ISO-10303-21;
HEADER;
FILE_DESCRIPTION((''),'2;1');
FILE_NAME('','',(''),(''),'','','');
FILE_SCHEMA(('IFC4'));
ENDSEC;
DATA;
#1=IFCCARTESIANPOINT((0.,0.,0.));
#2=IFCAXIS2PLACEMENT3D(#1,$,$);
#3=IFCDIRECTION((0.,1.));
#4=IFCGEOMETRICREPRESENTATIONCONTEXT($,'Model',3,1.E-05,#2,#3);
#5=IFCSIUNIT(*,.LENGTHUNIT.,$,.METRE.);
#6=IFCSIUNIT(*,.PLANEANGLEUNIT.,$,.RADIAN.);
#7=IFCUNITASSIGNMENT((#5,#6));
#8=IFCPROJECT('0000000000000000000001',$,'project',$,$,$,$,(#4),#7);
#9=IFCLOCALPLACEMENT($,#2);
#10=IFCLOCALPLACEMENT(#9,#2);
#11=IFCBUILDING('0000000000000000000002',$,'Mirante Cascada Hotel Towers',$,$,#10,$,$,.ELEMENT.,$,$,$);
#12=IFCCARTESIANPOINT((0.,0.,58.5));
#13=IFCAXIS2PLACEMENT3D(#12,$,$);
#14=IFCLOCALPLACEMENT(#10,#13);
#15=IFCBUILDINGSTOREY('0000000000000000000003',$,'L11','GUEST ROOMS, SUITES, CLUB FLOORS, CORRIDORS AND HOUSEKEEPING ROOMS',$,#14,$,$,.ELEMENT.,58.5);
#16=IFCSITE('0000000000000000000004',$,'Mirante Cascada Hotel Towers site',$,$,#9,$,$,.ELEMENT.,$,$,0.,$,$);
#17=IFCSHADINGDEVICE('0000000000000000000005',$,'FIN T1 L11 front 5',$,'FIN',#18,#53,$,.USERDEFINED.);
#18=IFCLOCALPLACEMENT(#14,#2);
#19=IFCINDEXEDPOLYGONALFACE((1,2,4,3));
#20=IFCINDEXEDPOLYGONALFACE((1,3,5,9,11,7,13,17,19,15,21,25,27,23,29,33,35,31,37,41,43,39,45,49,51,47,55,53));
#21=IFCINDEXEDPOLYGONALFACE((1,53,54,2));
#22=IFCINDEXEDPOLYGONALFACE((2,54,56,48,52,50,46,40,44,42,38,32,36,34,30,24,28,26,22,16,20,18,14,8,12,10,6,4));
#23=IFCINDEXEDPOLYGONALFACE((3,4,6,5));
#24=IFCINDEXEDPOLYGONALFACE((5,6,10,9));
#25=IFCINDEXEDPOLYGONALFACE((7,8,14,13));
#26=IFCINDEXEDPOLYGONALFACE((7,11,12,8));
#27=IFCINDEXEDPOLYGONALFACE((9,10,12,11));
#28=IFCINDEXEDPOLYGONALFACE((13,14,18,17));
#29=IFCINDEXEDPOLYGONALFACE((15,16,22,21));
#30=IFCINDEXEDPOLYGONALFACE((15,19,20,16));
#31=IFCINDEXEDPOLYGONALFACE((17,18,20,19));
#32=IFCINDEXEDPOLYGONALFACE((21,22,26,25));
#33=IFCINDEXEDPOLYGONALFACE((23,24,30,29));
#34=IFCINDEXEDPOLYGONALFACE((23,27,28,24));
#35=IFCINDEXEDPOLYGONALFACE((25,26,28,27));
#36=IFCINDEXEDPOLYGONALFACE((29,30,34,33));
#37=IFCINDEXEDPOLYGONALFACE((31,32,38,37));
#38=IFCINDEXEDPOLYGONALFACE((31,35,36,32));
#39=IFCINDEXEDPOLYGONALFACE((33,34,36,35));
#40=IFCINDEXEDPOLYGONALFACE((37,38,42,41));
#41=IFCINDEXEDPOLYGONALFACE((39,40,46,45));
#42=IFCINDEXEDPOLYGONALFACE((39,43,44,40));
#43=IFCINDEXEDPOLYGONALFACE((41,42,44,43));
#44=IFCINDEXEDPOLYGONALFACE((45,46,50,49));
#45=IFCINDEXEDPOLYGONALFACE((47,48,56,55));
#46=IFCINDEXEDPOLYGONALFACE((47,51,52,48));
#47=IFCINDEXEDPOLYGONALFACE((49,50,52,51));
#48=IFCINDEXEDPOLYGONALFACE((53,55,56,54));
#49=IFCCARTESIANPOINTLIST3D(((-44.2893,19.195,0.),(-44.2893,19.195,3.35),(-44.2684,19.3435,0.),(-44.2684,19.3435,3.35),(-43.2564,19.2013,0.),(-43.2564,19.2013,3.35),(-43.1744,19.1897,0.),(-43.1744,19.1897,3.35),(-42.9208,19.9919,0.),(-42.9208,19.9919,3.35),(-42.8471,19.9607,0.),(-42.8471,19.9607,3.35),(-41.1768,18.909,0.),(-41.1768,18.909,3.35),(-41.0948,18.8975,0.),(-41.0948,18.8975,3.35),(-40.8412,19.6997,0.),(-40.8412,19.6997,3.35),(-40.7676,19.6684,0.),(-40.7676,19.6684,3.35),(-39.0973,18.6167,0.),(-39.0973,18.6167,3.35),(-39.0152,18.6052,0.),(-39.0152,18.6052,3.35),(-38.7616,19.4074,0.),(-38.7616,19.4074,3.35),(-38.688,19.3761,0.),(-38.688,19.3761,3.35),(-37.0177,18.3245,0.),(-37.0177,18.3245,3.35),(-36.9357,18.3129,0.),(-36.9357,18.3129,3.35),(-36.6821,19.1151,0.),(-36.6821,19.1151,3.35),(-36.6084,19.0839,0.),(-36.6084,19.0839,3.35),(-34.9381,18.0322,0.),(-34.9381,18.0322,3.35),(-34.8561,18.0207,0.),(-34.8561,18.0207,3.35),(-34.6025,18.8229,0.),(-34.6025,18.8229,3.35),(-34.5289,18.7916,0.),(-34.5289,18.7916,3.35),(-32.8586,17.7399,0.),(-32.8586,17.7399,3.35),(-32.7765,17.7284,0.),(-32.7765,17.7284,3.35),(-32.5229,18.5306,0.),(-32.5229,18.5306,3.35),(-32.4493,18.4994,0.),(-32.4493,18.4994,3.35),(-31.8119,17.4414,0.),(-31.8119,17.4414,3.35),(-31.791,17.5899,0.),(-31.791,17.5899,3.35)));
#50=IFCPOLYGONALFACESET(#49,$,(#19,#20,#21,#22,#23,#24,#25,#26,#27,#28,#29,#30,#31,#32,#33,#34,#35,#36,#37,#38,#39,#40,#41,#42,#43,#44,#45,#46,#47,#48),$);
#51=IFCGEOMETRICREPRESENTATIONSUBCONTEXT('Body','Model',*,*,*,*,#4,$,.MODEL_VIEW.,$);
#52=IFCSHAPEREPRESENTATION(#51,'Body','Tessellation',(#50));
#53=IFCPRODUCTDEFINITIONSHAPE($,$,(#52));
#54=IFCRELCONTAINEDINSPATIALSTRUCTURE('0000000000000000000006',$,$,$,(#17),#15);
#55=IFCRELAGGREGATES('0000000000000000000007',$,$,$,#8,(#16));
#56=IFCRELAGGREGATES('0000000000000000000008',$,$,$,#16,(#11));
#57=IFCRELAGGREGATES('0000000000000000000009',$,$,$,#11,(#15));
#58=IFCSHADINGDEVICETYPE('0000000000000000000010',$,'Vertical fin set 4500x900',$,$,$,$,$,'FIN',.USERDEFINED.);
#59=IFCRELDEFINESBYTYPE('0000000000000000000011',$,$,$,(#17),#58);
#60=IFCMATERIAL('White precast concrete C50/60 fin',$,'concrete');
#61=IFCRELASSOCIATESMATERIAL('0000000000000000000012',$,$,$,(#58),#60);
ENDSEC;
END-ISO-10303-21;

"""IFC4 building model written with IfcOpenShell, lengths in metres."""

from ifc_helpers import new_model, si_unit, direction, frame, origin, place, context, subcontext, project, spatial, polyline, outline, extrude, material, type_object, element, save


model = new_model("IFC4")

# Units and contexts
model_context = context("Model", 3, precision=1e-05, world=origin(), true_north=direction((0.0, 1.0)))
body_context = subcontext(model_context, "Body", "Model", "MODEL_VIEW")
ifc_project = project(units=[si_unit("LENGTHUNIT", "METRE"), si_unit("PLANEANGLEUNIT", "RADIAN")], contexts=[model_context])

# Site, building, storey
site_placement = place(None, origin())
site = spatial("IfcSite", under=ifc_project, at=site_placement, Name="Mirante Cascada Hotel Towers site", CompositionType="ELEMENT", RefElevation=0.0)
building_placement = place(site_placement, origin())
building = spatial("IfcBuilding", under=site, at=building_placement, Name="Mirante Cascada Hotel Towers", CompositionType="ELEMENT")
storey_placement = place(building_placement, frame((0.0, 0.0, 58.5)))
storey = spatial("IfcBuildingStorey", under=building, at=storey_placement, Name="L11", Description="GUEST ROOMS, SUITES, CLUB FLOORS, CORRIDORS AND HOUSEKEEPING ROOMS", CompositionType="ELEMENT", Elevation=58.5)

# Shading device
ifc_material_1 = material(Name="White precast concrete C50/60 fin", Category="concrete")
shading_device_type = type_object("IfcShadingDeviceType", Name="Vertical fin set 4500x900", ElementType="FIN", PredefinedType="USERDEFINED", material=ifc_material_1)
shading_device_1_placement = place(storey_placement, origin())
element("IfcShadingDevice", 1, at=shading_device_1_placement, inside=storey, type_object=shading_device_type, Name="FIN T1 L11 front 5", ObjectType="FIN", PredefinedType="USERDEFINED", context=body_context, shape_type="SweptSolid", body=[
    extrude(outline(polyline([(-32.4493, 18.4994), (-32.7765, 17.7284), (-31.791, 17.5899), (-31.8119, 17.4414), (-44.2893, 19.195), (-44.2684, 19.3435), (-43.2564, 19.2013), (-42.9208, 19.9919), (-42.8471, 19.9607), (-43.1744, 19.1897), (-41.1768, 18.909), (-40.8412, 19.6997), (-40.7676, 19.6684), (-41.0948, 18.8975), (-39.0973, 18.6167), (-38.7616, 19.4074), (-38.688, 19.3761), (-39.0152, 18.6052), (-37.0177, 18.3245), (-36.6821, 19.1151), (-36.6084, 19.0839), (-36.9357, 18.3129), (-34.9381, 18.0322), (-34.6025, 18.8229), (-34.5289, 18.7916), (-34.8561, 18.0207), (-32.8586, 17.7399), (-32.5229, 18.5306), (-32.4493, 18.4994)])), origin(), (0.0, 0.0, 1.0), 3.35),
])

save(model, "model.ifc")
